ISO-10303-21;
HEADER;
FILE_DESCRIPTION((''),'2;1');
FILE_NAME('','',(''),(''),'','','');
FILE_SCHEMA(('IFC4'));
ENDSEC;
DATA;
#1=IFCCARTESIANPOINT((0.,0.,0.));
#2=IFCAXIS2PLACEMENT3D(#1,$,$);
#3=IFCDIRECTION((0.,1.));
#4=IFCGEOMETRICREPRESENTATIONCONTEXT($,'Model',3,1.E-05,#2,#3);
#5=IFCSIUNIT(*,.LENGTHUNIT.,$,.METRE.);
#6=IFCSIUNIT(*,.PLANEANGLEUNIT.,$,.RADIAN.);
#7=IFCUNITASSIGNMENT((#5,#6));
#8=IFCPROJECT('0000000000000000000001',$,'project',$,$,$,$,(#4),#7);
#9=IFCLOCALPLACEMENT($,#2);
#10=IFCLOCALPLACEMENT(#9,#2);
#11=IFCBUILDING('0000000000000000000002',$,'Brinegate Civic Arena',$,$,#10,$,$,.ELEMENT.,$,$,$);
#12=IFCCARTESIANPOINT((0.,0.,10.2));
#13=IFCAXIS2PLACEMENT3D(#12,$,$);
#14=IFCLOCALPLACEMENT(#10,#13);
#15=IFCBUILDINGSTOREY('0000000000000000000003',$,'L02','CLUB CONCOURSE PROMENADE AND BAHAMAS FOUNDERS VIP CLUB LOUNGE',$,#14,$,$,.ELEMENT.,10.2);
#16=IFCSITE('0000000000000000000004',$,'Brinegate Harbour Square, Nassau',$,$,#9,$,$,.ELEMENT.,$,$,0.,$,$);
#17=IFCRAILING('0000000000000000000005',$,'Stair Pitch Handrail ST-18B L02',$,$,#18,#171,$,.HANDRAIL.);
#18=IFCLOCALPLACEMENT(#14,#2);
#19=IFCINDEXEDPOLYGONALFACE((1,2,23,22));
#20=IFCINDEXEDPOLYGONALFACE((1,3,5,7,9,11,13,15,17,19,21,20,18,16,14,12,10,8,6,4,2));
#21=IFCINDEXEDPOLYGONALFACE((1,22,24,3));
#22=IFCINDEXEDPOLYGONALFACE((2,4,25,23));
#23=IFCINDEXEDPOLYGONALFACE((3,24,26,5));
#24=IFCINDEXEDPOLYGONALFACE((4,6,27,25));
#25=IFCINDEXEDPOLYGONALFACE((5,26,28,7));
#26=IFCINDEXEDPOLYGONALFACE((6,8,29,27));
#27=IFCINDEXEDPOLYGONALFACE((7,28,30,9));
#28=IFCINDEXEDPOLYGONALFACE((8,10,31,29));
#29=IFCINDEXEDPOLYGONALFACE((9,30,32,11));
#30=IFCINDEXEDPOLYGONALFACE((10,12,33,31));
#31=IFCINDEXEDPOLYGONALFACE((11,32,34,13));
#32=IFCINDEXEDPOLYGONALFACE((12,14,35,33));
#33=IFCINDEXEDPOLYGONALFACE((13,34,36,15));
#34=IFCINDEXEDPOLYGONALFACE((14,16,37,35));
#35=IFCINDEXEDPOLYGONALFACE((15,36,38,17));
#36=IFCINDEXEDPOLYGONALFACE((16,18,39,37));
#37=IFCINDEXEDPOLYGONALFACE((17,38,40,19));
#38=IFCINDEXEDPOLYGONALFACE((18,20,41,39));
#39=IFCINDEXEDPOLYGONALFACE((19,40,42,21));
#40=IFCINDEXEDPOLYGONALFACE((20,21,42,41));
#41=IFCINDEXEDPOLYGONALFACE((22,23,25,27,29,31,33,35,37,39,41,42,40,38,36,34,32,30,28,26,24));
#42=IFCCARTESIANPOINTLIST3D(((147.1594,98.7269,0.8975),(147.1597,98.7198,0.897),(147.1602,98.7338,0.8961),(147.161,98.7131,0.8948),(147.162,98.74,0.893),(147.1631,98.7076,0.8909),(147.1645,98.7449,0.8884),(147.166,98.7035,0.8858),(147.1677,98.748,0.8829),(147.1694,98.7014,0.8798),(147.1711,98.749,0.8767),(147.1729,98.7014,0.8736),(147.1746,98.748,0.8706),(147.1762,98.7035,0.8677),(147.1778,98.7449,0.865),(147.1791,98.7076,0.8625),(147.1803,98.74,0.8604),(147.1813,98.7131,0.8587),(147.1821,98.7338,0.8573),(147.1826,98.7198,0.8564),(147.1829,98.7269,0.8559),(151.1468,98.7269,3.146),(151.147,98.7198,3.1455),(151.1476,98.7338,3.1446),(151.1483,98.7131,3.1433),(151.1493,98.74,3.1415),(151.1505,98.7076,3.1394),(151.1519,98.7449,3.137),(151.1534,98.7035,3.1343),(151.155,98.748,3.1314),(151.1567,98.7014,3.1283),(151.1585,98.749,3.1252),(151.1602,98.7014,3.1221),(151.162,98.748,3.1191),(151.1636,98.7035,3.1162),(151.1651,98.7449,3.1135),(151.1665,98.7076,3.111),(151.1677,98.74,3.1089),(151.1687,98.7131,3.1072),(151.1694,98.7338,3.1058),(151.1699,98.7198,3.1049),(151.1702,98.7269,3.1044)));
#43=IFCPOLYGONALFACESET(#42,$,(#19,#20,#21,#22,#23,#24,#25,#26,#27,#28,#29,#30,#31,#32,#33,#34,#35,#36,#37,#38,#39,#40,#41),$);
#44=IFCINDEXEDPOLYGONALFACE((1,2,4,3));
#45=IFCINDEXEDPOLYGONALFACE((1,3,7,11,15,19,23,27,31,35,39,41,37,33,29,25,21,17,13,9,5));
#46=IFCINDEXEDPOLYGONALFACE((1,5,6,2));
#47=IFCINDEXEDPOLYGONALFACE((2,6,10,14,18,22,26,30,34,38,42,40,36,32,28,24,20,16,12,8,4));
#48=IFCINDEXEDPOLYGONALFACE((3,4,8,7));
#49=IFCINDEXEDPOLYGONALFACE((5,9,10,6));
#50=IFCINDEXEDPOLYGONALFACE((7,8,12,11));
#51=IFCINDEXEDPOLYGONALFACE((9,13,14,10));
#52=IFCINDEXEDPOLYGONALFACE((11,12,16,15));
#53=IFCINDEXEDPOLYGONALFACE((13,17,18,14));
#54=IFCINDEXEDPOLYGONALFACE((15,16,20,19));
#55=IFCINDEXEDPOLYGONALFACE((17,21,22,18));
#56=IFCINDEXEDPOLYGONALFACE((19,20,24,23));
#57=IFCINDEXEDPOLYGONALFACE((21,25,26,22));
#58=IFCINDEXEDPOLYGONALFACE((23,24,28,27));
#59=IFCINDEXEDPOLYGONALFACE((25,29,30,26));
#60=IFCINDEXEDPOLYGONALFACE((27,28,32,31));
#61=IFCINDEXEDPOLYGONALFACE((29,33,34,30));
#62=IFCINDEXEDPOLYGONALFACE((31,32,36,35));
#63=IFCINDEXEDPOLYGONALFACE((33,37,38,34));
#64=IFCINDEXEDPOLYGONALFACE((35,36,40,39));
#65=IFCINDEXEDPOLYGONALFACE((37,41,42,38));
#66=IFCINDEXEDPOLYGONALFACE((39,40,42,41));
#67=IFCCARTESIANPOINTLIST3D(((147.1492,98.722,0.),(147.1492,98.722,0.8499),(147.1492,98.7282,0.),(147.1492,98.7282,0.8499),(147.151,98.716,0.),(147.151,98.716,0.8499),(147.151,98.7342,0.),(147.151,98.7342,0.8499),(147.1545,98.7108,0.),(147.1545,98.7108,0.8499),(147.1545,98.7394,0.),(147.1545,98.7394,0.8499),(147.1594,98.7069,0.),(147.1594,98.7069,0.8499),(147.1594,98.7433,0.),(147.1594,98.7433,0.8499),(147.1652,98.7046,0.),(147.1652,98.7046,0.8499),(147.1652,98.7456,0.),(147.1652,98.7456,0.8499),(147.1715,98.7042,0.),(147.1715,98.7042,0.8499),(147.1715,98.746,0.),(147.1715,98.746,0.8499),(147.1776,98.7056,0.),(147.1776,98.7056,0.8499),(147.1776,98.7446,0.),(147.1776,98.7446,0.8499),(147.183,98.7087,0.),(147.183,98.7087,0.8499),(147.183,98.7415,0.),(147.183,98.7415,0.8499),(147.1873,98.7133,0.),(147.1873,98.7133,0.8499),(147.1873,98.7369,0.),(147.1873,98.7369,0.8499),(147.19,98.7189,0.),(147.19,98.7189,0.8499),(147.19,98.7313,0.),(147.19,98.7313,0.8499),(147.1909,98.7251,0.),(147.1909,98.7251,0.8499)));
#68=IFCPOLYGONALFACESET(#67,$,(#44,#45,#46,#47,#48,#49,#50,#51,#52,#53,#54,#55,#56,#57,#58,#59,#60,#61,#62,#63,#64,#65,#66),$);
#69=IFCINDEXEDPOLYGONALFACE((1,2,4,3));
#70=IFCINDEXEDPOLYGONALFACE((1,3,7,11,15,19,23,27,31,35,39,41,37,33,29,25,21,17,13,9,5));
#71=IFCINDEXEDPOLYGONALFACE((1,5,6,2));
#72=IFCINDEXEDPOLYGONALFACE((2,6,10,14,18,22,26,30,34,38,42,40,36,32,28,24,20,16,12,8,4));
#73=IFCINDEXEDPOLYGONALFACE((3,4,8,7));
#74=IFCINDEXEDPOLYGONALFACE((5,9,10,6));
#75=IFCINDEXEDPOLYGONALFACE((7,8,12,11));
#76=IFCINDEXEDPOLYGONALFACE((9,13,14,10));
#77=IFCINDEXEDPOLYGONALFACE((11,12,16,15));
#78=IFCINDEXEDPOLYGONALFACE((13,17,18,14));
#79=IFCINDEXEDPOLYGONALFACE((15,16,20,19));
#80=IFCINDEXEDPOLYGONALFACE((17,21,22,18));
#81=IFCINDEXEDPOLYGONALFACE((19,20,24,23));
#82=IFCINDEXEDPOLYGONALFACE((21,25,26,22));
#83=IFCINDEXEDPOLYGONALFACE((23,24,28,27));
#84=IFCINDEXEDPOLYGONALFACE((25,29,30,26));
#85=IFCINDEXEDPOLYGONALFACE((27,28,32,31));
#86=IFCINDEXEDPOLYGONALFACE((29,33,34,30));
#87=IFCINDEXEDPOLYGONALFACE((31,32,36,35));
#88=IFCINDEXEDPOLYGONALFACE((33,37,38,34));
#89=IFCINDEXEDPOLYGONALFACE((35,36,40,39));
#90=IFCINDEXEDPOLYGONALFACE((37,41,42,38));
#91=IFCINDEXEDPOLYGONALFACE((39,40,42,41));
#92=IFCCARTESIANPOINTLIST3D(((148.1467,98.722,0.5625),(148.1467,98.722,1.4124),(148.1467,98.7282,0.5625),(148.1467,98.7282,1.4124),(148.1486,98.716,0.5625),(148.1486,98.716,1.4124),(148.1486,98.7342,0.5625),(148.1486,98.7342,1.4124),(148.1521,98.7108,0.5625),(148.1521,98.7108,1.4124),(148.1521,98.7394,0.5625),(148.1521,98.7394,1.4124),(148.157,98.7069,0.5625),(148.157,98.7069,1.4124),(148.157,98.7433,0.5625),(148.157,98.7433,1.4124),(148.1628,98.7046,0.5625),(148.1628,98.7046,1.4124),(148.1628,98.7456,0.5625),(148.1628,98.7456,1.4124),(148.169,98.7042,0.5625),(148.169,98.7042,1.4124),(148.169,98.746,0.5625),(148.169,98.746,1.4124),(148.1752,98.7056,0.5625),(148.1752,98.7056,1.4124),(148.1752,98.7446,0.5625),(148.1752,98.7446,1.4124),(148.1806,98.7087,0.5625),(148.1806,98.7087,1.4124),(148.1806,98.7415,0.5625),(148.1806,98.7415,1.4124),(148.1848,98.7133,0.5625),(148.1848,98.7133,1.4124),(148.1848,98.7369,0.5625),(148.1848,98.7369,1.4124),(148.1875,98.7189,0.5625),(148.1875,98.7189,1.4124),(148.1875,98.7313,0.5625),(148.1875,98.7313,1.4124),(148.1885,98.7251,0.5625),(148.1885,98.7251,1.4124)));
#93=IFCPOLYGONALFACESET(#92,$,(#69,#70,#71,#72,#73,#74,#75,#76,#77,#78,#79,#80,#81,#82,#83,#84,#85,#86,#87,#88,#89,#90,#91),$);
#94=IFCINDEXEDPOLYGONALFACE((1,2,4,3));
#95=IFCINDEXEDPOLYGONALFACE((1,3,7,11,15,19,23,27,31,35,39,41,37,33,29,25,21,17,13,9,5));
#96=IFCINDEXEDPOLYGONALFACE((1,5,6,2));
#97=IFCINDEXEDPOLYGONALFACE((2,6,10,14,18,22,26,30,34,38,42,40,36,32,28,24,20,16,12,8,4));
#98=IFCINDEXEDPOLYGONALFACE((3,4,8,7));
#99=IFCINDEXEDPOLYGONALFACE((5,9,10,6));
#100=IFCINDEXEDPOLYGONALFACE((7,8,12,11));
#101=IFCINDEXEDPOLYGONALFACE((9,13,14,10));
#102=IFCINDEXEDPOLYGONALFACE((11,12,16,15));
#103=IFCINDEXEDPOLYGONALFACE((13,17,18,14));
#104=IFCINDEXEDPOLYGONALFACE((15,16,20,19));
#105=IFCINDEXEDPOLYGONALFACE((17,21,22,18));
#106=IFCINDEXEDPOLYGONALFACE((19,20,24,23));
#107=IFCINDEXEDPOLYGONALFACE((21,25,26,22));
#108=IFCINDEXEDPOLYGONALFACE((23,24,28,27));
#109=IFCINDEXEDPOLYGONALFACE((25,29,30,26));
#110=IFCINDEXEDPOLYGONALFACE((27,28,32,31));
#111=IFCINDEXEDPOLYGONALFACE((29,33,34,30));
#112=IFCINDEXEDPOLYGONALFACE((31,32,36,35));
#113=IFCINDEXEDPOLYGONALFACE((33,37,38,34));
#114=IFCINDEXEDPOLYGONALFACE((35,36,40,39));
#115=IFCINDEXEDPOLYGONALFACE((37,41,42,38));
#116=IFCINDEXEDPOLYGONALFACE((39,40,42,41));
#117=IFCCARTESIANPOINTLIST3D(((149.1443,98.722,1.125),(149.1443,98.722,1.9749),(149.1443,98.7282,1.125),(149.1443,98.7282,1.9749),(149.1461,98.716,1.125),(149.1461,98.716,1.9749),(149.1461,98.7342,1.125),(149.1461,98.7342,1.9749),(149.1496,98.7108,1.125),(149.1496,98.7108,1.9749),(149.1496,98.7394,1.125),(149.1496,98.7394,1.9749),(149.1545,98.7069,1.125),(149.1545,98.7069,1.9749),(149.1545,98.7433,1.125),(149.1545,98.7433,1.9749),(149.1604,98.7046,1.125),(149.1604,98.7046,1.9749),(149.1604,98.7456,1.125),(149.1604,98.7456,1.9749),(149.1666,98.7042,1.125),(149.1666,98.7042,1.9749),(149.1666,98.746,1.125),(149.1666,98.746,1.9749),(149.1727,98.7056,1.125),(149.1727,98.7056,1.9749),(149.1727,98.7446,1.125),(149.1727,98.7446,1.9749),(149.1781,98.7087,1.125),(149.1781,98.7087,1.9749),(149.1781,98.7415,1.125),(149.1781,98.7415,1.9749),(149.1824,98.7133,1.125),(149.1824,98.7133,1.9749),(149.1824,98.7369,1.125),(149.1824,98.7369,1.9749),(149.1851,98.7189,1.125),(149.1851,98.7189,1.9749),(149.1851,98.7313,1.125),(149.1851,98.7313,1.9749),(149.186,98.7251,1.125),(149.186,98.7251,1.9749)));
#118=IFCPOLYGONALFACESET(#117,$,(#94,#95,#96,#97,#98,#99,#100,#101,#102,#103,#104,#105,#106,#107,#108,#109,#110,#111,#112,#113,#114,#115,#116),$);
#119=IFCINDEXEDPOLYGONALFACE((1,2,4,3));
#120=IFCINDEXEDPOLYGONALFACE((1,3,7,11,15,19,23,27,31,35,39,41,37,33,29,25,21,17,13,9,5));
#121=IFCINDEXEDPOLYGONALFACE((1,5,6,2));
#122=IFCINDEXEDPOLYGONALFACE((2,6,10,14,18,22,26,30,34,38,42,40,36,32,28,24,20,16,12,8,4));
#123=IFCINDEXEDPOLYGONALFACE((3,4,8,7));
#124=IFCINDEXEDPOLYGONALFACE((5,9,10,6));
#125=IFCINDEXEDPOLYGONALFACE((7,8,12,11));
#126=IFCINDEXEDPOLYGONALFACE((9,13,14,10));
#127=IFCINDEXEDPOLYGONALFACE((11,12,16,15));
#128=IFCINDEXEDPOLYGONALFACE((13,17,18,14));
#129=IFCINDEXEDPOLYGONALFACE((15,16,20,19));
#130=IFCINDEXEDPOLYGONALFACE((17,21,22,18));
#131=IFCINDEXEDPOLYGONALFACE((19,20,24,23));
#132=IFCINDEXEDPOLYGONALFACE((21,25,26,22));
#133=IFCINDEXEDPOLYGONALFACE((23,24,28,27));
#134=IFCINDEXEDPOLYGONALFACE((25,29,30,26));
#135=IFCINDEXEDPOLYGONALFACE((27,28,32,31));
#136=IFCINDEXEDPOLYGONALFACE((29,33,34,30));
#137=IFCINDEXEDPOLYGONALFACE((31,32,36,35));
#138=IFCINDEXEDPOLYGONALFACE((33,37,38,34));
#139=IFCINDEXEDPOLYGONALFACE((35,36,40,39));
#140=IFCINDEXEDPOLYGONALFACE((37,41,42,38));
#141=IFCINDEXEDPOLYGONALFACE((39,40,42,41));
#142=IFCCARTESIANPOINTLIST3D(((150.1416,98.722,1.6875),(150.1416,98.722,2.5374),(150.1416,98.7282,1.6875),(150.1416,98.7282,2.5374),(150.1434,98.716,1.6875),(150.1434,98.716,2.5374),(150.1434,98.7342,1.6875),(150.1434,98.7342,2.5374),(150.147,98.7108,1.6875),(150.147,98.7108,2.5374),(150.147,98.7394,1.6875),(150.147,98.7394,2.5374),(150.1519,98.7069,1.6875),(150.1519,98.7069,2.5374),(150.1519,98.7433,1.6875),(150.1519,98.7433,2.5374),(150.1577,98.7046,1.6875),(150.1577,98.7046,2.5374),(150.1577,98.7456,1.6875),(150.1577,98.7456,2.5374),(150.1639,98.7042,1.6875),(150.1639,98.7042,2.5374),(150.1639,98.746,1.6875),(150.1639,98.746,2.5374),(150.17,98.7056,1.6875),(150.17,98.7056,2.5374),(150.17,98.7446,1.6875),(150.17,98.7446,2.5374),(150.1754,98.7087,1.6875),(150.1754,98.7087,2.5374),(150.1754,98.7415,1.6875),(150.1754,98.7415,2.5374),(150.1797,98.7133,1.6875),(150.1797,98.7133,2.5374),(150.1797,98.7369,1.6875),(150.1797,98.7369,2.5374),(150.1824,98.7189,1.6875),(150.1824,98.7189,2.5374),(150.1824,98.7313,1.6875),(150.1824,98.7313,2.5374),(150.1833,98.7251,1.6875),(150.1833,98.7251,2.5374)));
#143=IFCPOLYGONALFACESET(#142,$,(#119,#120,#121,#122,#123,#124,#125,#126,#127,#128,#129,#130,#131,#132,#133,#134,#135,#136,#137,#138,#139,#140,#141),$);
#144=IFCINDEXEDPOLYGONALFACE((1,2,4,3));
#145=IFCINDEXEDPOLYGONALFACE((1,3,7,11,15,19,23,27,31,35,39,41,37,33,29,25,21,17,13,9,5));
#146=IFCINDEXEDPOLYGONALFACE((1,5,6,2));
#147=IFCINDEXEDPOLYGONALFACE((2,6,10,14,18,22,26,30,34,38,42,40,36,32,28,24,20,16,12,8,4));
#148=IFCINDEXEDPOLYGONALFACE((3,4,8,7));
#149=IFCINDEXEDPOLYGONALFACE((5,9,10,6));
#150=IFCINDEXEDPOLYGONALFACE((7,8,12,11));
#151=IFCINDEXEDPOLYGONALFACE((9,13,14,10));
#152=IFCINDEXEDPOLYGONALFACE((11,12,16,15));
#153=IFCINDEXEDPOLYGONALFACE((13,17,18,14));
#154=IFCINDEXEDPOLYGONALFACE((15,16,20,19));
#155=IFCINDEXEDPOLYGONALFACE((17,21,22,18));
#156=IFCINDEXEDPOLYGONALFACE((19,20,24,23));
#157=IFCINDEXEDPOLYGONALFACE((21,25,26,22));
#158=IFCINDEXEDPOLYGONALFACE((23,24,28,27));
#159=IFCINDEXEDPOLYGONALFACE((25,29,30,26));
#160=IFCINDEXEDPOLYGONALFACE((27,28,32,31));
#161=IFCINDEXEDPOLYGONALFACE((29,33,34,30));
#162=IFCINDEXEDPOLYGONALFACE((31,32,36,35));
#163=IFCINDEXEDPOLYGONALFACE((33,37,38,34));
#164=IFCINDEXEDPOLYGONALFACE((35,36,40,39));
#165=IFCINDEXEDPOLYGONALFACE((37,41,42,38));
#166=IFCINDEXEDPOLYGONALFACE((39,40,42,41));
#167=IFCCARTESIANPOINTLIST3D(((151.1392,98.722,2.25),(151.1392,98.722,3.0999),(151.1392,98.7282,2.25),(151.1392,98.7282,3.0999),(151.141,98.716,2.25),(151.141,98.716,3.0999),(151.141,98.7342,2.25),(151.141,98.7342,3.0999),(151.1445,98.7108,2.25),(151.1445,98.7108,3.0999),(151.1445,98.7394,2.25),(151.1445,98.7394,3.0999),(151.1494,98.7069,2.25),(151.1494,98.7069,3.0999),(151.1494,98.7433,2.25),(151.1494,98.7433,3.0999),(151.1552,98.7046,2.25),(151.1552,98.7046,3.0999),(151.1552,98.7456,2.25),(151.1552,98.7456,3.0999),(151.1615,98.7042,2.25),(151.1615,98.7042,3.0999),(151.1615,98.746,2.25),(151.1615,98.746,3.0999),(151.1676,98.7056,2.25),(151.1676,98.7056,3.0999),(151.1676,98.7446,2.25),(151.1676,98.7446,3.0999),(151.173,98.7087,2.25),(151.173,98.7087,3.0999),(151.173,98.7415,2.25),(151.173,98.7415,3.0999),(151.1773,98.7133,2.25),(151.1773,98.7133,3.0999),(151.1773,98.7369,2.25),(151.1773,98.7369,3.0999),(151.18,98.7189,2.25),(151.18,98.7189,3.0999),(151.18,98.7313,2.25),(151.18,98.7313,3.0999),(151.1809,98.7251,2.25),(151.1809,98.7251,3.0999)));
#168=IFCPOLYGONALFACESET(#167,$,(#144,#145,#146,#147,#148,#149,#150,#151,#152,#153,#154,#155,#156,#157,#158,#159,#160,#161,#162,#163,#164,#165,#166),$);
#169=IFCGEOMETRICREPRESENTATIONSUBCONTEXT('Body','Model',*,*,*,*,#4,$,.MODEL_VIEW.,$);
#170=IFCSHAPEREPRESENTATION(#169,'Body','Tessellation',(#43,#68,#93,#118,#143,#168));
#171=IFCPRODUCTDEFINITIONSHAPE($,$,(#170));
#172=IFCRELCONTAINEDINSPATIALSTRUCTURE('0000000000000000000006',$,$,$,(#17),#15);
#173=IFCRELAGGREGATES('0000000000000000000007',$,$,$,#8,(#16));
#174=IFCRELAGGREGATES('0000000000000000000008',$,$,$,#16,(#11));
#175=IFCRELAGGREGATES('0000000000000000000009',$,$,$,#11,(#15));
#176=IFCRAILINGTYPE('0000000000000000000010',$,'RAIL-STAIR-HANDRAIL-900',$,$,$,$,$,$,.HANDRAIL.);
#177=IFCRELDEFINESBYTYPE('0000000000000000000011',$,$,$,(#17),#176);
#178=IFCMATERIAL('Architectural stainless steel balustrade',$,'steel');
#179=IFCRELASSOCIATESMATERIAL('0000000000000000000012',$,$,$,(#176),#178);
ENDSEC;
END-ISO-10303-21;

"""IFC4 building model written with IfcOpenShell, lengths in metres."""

from ifc_helpers import new_model, si_unit, direction, frame, origin, origin_2d, place, context, subcontext, project, spatial, circle, extrude, material, type_object, element, save


model = new_model("IFC4")

# Units and contexts
model_context = context("Model", 3, precision=1e-05, world=origin(), true_north=direction((0.0, 1.0)))
body_context = subcontext(model_context, "Body", "Model", "MODEL_VIEW")
ifc_project = project(units=[si_unit("LENGTHUNIT", "METRE"), si_unit("PLANEANGLEUNIT", "RADIAN")], contexts=[model_context])

# Site, building, storey
site_placement = place(None, origin())
site = spatial("IfcSite", under=ifc_project, at=site_placement, Name="Brinegate Harbour Square, Nassau", CompositionType="ELEMENT", RefElevation=0.0)
building_placement = place(site_placement, origin())
building = spatial("IfcBuilding", under=site, at=building_placement, Name="Brinegate Civic Arena", CompositionType="ELEMENT")
storey_placement = place(building_placement, frame((0.0, 0.0, 10.2)))
storey = spatial("IfcBuildingStorey", under=building, at=storey_placement, Name="L02", Description="CLUB CONCOURSE PROMENADE AND BAHAMAS FOUNDERS VIP CLUB LOUNGE", CompositionType="ELEMENT", Elevation=10.2)

# Railing
ifc_material_1 = material(Name="Architectural stainless steel balustrade", Category="steel")
railing_type = type_object("IfcRailingType", Name="RAIL-STAIR-HANDRAIL-900", PredefinedType="HANDRAIL", material=ifc_material_1)
for number, where, name in (
    (1, (147.1699, 98.7251, 0.0), "Stair Pitch Handrail ST-18B L02"),
):
    element("IfcRailing", number, at=place(storey_placement, frame(where)), inside=storey, type_object=railing_type, Name=name, PredefinedType="HANDRAIL", context=body_context, shape_type="SweptSolid", body=[
        extrude(circle(Radius=0.0239, at=origin_2d()), frame((0.0012, 0.0, 0.8767), z_axis=(0.87105, 0.0, 0.491195), x_axis=(0.0, 1.0, 0.0)), (0.0, 0.0, 1.0), 4.5776),
        extrude(circle(Radius=0.021, at=origin_2d()), origin(), (0.0, 0.0, 1.0), 0.8499),
        extrude(circle(Radius=0.021, at=origin_2d()), frame((0.9976, 0.0, 0.5625)), (0.0, 0.0, 1.0), 0.8499),
        extrude(circle(Radius=0.021, at=origin_2d()), frame((1.9951, 0.0, 1.125)), (0.0, 0.0, 1.0), 0.8499),
        extrude(circle(Radius=0.021, at=origin_2d()), frame((2.9924, 0.0, 1.6875)), (0.0, 0.0, 1.0), 0.8499),
        extrude(circle(Radius=0.021, at=origin_2d()), frame((3.99, 0.0, 2.25)), (0.0, 0.0, 1.0), 0.8499),
    ])

save(model, "model.ifc")
